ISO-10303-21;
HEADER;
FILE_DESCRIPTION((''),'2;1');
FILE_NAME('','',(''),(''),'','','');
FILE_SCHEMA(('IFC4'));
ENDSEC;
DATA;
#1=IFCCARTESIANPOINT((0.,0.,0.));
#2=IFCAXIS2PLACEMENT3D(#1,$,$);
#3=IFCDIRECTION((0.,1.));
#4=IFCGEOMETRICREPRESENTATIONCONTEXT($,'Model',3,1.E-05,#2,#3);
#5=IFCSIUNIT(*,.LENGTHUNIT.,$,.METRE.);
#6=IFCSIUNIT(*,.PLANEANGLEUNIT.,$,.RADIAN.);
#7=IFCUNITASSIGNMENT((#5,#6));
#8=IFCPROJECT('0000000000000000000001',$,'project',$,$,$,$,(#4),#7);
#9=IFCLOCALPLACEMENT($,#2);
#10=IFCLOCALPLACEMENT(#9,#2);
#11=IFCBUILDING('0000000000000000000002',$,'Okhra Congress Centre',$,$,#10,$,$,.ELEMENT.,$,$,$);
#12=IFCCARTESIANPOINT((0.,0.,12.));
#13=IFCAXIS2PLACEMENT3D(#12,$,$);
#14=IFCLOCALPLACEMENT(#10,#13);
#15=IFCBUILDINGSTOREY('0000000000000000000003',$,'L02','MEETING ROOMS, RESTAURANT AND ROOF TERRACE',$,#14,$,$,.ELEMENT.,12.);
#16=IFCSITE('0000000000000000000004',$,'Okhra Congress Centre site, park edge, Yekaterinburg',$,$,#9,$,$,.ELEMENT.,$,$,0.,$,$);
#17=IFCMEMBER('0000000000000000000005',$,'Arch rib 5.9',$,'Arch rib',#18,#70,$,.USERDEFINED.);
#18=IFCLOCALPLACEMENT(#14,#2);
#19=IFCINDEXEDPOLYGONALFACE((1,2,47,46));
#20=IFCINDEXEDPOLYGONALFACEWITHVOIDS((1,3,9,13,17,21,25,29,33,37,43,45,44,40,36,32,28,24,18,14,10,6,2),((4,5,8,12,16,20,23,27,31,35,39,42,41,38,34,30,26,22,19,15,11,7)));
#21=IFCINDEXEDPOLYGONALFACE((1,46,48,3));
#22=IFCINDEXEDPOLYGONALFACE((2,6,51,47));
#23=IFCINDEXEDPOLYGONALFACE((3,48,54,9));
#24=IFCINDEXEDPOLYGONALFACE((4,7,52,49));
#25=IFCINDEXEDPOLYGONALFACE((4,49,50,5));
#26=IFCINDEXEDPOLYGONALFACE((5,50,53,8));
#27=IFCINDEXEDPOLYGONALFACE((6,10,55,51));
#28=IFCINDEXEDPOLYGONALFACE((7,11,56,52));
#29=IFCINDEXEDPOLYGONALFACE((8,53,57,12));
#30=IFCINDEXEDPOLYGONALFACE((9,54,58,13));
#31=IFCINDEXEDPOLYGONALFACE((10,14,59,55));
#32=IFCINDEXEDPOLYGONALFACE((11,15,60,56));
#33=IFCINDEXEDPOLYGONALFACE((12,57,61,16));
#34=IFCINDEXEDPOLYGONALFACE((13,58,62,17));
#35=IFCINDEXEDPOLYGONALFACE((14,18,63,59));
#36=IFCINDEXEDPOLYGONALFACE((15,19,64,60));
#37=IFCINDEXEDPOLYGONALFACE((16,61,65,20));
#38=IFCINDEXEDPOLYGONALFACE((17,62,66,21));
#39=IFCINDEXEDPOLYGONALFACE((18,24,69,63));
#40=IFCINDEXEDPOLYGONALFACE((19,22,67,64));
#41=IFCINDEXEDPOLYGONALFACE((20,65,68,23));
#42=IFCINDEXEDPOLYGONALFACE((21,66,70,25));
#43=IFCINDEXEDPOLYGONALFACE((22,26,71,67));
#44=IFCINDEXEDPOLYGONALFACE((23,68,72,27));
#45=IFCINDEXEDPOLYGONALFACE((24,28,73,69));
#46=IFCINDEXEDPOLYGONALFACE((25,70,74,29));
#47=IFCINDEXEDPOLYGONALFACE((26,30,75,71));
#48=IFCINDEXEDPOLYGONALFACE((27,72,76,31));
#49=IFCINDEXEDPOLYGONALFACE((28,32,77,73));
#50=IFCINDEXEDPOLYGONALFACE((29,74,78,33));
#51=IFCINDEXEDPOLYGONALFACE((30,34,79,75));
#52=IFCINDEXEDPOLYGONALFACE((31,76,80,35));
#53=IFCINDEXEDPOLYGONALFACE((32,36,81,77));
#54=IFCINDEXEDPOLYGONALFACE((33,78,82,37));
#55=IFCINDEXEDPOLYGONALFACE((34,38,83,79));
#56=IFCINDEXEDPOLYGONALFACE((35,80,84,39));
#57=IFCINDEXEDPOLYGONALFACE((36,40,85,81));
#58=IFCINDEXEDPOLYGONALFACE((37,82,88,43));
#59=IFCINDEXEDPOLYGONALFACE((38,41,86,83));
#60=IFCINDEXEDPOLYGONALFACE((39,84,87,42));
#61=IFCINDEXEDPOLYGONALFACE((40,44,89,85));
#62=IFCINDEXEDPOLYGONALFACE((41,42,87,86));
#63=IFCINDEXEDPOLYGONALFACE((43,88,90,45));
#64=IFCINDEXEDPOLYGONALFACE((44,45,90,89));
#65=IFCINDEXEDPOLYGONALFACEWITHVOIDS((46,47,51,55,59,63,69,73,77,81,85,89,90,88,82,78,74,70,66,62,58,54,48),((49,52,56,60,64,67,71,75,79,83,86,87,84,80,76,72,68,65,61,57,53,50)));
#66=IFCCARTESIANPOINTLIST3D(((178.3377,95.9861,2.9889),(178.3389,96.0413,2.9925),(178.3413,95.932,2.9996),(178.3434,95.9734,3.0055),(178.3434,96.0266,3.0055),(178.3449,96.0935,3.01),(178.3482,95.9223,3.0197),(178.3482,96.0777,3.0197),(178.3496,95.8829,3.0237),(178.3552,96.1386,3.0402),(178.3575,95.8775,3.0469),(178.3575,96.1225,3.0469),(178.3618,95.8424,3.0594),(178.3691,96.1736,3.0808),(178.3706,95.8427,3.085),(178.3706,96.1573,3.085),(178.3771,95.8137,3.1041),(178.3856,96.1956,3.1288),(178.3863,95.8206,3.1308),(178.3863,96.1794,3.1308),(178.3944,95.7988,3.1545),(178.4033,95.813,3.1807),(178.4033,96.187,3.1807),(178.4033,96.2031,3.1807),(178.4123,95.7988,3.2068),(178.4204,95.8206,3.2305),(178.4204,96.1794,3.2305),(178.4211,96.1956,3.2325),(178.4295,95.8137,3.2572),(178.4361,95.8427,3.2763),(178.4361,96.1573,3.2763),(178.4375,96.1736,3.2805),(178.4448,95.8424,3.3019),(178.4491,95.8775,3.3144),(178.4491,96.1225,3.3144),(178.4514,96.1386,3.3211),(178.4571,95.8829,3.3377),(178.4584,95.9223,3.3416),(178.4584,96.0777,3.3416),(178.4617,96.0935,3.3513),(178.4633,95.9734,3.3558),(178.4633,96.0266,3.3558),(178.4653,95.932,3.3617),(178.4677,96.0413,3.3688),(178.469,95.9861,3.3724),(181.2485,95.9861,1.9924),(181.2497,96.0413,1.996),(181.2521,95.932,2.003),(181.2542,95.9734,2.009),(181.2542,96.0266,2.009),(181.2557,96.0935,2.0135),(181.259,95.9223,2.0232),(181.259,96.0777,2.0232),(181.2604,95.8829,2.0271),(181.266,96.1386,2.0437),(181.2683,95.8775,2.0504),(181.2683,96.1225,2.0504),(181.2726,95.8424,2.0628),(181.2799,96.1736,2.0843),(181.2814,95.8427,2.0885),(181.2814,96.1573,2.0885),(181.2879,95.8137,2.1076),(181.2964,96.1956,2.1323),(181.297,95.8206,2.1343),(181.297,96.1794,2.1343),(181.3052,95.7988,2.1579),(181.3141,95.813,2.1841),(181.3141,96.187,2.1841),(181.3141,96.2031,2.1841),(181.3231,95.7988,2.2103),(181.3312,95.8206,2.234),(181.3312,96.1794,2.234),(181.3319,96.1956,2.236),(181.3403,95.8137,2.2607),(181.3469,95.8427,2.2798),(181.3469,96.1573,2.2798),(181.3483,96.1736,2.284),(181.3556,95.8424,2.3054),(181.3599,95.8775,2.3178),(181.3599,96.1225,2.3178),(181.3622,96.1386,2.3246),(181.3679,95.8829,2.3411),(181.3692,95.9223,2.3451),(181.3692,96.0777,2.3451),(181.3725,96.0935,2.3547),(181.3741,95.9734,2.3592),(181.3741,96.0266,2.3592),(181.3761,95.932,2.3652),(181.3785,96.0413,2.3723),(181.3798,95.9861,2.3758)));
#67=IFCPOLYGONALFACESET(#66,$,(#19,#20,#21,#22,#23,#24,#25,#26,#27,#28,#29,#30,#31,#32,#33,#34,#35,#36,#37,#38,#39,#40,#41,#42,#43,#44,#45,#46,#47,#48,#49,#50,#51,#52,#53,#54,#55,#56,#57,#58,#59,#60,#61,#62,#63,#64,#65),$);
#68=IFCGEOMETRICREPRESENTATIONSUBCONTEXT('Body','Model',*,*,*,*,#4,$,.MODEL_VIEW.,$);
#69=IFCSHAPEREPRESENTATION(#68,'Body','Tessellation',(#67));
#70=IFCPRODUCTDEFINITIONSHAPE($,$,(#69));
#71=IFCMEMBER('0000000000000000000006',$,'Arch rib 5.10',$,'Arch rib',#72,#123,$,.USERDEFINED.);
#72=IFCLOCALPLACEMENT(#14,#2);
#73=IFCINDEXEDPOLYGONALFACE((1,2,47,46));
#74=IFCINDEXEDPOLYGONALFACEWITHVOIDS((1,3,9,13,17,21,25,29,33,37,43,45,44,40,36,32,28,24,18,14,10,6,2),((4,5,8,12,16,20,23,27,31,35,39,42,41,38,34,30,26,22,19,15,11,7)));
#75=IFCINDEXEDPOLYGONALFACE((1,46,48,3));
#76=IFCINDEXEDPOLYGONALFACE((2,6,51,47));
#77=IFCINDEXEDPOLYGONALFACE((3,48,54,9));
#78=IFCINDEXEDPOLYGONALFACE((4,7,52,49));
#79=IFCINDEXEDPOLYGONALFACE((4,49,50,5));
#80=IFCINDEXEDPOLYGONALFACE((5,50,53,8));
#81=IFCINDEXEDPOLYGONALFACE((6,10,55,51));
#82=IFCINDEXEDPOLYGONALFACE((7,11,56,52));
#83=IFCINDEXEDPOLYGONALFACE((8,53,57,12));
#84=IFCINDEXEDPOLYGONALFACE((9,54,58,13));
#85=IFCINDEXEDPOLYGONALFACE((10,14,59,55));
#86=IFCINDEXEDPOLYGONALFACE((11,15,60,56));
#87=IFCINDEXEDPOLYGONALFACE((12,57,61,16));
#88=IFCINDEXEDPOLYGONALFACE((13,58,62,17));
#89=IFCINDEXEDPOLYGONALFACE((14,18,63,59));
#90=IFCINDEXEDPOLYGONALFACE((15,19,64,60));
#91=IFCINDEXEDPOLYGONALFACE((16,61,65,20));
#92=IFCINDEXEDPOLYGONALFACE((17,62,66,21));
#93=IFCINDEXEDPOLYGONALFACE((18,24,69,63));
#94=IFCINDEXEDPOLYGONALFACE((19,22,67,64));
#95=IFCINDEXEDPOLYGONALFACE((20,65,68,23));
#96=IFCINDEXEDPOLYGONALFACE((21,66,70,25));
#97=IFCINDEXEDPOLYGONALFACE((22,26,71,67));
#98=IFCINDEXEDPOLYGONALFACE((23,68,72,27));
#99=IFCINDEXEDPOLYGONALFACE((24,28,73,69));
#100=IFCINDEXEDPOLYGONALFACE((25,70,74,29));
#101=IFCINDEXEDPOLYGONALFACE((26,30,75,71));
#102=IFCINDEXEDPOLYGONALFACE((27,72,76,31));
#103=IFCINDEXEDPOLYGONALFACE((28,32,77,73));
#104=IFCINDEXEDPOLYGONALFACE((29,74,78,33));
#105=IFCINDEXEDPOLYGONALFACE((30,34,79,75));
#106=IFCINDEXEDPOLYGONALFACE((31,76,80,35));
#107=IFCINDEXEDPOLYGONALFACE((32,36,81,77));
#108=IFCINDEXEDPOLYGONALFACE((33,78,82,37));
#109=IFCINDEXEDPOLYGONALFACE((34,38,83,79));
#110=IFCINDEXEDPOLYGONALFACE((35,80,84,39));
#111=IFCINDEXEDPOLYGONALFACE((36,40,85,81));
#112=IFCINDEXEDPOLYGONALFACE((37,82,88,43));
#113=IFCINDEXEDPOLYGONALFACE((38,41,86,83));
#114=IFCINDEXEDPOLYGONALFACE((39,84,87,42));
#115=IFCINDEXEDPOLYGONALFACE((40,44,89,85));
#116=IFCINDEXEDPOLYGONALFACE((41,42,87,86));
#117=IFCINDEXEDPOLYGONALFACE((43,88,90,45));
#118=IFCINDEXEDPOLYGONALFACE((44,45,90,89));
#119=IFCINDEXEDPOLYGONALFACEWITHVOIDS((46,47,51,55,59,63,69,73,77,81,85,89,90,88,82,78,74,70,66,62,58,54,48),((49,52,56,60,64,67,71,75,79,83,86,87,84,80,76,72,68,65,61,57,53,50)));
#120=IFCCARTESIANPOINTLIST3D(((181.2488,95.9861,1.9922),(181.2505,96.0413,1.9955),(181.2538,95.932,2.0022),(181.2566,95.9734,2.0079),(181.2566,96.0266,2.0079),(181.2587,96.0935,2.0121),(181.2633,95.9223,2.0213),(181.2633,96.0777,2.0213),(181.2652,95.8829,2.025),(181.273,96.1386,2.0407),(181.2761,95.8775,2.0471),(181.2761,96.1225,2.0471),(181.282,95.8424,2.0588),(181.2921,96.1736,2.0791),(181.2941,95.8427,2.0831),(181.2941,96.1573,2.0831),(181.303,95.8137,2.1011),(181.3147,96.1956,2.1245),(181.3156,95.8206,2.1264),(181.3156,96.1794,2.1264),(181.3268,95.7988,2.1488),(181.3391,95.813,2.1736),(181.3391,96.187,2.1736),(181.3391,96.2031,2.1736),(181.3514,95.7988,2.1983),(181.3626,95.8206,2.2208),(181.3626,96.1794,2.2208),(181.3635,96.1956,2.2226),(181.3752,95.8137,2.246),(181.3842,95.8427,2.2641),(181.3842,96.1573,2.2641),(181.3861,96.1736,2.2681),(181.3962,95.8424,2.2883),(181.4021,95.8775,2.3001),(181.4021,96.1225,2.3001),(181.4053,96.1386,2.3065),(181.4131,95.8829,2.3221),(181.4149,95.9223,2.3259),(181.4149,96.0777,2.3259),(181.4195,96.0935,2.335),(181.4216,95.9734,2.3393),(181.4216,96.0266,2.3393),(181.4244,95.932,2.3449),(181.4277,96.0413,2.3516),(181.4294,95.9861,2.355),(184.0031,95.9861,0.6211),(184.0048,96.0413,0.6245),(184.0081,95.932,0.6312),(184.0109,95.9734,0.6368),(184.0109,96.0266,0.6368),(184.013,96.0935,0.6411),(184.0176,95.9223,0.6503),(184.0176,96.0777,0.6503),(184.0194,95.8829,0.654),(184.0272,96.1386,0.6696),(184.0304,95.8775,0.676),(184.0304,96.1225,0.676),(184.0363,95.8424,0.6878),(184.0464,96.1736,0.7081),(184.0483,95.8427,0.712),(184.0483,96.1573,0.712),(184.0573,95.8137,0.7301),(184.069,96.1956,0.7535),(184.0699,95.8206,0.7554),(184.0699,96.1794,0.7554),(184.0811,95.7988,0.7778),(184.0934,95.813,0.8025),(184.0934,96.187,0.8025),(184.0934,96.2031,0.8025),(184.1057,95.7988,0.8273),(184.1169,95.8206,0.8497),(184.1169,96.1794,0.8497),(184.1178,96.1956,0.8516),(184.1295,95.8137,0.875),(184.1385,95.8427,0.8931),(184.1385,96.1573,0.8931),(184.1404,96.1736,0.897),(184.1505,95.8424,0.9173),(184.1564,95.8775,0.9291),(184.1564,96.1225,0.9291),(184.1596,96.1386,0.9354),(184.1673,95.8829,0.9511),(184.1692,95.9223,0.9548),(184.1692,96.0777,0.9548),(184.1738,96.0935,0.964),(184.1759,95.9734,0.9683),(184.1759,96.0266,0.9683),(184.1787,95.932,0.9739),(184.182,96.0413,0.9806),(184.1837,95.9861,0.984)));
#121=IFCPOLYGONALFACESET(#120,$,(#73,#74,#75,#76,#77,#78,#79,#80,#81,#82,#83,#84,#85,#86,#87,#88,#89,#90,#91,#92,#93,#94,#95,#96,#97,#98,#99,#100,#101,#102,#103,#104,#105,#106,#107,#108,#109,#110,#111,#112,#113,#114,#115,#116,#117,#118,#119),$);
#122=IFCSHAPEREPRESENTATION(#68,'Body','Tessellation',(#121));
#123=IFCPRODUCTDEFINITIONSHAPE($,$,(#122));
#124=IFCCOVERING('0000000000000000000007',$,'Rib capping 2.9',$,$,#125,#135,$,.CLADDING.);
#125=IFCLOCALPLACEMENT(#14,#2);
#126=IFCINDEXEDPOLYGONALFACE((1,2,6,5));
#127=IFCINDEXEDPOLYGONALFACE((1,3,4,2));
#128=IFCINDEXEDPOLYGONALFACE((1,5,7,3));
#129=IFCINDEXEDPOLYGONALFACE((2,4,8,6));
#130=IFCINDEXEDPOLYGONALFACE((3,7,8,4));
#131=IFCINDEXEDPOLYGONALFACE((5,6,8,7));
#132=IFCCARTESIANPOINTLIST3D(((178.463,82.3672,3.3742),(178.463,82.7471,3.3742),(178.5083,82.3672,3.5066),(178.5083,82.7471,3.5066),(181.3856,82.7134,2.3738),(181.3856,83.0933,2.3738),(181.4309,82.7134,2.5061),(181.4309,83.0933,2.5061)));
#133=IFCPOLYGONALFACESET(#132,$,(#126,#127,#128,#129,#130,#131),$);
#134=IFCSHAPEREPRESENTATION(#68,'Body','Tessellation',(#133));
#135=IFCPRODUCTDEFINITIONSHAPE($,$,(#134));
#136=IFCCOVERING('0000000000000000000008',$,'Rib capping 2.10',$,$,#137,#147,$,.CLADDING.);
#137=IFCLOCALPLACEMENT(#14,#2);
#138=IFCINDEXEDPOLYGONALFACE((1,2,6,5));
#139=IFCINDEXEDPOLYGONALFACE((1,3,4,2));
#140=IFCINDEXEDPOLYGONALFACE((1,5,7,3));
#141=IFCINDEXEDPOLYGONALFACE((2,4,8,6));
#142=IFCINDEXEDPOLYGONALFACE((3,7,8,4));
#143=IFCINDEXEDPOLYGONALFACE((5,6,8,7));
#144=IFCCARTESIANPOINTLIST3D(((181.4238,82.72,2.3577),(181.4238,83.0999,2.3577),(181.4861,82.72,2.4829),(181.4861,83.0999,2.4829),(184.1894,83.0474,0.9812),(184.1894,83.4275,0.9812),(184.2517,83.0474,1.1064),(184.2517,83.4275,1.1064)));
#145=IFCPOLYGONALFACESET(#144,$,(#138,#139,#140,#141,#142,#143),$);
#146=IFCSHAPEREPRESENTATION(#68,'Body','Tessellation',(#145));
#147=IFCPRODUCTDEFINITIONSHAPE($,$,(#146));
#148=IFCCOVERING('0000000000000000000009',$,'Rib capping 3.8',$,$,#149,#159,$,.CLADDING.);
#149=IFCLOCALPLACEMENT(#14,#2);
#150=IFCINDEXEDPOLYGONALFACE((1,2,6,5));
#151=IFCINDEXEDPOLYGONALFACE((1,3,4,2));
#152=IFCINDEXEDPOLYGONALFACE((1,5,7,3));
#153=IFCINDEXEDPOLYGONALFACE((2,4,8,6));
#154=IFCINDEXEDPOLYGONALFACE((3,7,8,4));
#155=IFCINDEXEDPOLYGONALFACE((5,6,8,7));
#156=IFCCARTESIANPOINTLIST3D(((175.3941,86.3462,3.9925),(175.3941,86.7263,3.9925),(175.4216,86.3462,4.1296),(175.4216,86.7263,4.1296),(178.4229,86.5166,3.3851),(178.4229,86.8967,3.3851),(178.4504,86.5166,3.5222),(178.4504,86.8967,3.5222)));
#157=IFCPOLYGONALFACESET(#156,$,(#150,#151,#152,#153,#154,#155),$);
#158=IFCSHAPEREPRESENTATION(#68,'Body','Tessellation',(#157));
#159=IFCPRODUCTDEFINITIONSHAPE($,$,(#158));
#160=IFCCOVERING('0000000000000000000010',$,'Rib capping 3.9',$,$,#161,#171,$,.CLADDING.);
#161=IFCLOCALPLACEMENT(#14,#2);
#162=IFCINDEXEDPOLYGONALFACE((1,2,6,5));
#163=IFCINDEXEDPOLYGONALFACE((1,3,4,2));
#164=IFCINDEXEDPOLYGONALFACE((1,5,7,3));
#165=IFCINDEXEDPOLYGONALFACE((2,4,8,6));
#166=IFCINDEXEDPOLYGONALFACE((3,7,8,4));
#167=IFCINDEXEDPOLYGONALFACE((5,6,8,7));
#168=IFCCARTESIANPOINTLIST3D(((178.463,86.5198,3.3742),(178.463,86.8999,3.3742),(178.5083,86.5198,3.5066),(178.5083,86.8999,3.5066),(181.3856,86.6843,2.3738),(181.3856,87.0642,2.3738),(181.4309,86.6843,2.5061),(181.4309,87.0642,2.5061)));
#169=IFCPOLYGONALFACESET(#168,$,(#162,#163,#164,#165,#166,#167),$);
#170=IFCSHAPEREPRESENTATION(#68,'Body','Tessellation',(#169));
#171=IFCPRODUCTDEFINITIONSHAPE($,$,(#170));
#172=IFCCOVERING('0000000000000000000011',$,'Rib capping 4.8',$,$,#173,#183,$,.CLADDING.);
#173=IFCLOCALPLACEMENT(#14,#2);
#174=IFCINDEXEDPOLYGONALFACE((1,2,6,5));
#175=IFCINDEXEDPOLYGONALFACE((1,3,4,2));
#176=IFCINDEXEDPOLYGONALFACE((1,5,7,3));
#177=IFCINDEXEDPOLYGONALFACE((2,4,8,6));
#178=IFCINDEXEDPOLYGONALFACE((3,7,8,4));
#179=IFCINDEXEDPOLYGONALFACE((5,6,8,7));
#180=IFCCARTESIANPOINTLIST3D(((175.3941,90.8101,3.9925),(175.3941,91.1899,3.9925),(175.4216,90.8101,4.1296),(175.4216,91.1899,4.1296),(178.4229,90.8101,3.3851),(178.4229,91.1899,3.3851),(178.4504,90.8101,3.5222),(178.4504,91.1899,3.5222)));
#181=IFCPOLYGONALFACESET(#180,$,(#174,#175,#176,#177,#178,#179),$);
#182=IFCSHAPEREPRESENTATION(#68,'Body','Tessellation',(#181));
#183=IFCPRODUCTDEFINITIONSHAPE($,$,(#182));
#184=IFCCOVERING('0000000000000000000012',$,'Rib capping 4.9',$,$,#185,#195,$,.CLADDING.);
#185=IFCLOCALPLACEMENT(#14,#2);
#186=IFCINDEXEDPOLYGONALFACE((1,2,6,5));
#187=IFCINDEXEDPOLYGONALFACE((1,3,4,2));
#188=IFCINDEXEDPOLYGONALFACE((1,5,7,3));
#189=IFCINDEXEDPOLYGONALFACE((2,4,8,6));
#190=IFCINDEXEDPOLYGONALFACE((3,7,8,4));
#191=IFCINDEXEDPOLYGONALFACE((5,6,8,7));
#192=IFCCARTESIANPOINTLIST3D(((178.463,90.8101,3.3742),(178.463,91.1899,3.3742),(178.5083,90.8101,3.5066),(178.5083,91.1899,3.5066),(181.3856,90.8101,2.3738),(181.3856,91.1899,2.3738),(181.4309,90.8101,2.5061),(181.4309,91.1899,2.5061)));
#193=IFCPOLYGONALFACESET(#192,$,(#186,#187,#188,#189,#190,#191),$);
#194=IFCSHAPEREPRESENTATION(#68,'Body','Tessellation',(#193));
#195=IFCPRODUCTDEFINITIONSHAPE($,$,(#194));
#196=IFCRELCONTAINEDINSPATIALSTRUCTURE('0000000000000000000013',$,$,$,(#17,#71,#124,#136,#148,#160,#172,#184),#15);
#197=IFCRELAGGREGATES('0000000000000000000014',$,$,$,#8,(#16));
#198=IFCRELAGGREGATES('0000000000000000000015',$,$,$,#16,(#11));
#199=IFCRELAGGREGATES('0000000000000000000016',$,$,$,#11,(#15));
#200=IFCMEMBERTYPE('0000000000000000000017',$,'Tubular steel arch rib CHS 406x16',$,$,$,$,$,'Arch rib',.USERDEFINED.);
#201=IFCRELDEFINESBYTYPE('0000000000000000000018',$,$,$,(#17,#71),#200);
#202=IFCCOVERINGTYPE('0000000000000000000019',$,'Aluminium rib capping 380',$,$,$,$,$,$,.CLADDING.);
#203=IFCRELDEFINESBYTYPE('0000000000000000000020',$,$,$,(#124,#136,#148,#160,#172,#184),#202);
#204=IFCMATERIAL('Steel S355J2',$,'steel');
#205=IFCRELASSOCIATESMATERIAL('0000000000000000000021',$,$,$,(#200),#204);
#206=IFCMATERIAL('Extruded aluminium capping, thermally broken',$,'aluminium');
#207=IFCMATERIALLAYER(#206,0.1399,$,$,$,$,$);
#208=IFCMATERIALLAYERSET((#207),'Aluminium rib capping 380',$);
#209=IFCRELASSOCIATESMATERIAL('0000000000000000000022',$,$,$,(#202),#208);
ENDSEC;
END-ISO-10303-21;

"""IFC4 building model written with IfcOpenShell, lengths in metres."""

from ifc_helpers import new_model, si_unit, direction, frame, origin, origin_2d, place, context, subcontext, project, spatial, polyline, hollow_circle, outline, extrude, material, layer, layer_set, material_profile, profile_set, type_object, element, save


model = new_model("IFC4")

# Units and contexts
model_context = context("Model", 3, precision=1e-05, world=origin(), true_north=direction((0.0, 1.0)))
body_context = subcontext(model_context, "Body", "Model", "MODEL_VIEW")
ifc_project = project(units=[si_unit("LENGTHUNIT", "METRE"), si_unit("PLANEANGLEUNIT", "RADIAN")], contexts=[model_context])

# Site, building, storey
site_placement = place(None, origin())
site = spatial("IfcSite", under=ifc_project, at=site_placement, Name="Okhra Congress Centre site, park edge, Yekaterinburg", CompositionType="ELEMENT", RefElevation=0.0)
building_placement = place(site_placement, origin())
building = spatial("IfcBuilding", under=site, at=building_placement, Name="Okhra Congress Centre", CompositionType="ELEMENT")
storey_placement = place(building_placement, frame((0.0, 0.0, 12.0)))
storey = spatial("IfcBuildingStorey", under=building, at=storey_placement, Name="L02", Description="MEETING ROOMS, RESTAURANT AND ROOF TERRACE", CompositionType="ELEMENT", Elevation=12.0)

# Members
ifc_material_1 = material(Name="Steel S355J2", Category="steel")
ifc_material_profile_1 = material_profile(ifc_material_1, hollow_circle(Radius=0.2031, WallThickness=0.0161, at=origin_2d()), Name="CHS 406.4x16")
ifc_profile_set_1 = profile_set([ifc_material_profile_1], Name="Steel S355J2")
member_type_1 = type_object("IfcMemberType", Name="Tubular steel arch rib CHS 406x16", ElementType="Arch rib", PredefinedType="USERDEFINED", material=ifc_profile_set_1)
for number, where, z_axis, x_axis, name in (
    (1, (178.4033, 96.0, 3.1807), (0.946089, 0.0, -0.323906), (0.0, 1.0, 0.0), "Arch rib 5.9"),
    (2, (181.3391, 96.0, 2.1736), (0.895219, 0.0, -0.445626), (0.0, 1.0, 0.0), "Arch rib 5.10"),
):
    element("IfcMember", number, at=place(storey_placement, frame(where, z_axis=z_axis, x_axis=x_axis)), inside=storey, type_object=member_type_1, Name=name, ObjectType="Arch rib", PredefinedType="USERDEFINED", context=body_context, shape_type="SweptSolid", body=[
        extrude(hollow_circle(Radius=0.2031, WallThickness=0.0161, at=origin_2d()), origin(), (0.0, 0.0, 1.0), 3.0767),
    ])

# Coverings
ifc_material_2 = material(Name="Extruded aluminium capping, thermally broken", Category="aluminium")
ifc_layer = layer(ifc_material_2, 0.1399)
ifc_layer_set = layer_set([ifc_layer], Name="Aluminium rib capping 380")
covering_type = type_object("IfcCoveringType", Name="Aluminium rib capping 380", PredefinedType="CLADDING", material=ifc_layer_set)
covering_1_placement = place(storey_placement, frame((178.5083, 82.3672, 3.5066), z_axis=(0.323876, 0.0, 0.9461), x_axis=(0.940214, 0.111371, -0.321861)))
element("IfcCovering", 3, at=covering_1_placement, inside=storey, type_object=covering_type, Name="Rib capping 2.9", PredefinedType="CLADDING", context=body_context, shape_type="SweptSolid", body=[
    extrude(outline(polyline([(0.0, 0.0), (3.1084, 0.0), (3.1508, 0.3775), (0.0423, 0.3775), (0.0, 0.0)])), origin(), (0.0, 0.0, -1.0), 0.1399),
])
covering_2_placement = place(storey_placement, frame((181.4861, 82.72, 2.4829), z_axis=(0.445569, 0.0, 0.895248), x_axis=(0.890262, 0.105389, -0.443088)))
element("IfcCovering", 4, at=covering_2_placement, inside=storey, type_object=covering_type, Name="Rib capping 2.10", PredefinedType="CLADDING", context=body_context, shape_type="SweptSolid", body=[
    extrude(outline(polyline([(0.0, 0.0), (3.1065, 0.0), (3.1466, 0.378), (0.04, 0.3778), (0.0, 0.0)])), origin(), (0.0, 0.0, -1.0), 0.1399),
])
covering_3_placement = place(storey_placement, frame((175.4216, 86.3462, 4.1296), z_axis=(0.196633, 0.0, 0.980477), x_axis=(0.978989, 0.055081, -0.196334)))
element("IfcCovering", 5, at=covering_3_placement, inside=storey, type_object=covering_type, Name="Rib capping 3.8", PredefinedType="CLADDING", context=body_context, shape_type="SweptSolid", body=[
    extrude(outline(polyline([(0.0, 0.0), (3.0938, 0.0), (3.1148, 0.3795), (0.0209, 0.3795), (0.0, 0.0)])), origin(), (0.0, 0.0, -1.0), 0.1399),
])
covering_4_placement = place(storey_placement, frame((178.5083, 86.5198, 3.5066), z_axis=(0.323876, 0.0, 0.9461), x_axis=(0.94476, 0.053193, -0.323417)))
element("IfcCovering", 6, at=covering_4_placement, inside=storey, type_object=covering_type, Name="Rib capping 3.9", PredefinedType="CLADDING", context=body_context, shape_type="SweptSolid", body=[
    extrude(outline(polyline([(0.0, 0.0), (3.0935, 0.0), (3.1137, 0.3793), (0.0202, 0.3796), (0.0, 0.0)])), origin(), (0.0, 0.0, -1.0), 0.1399),
])
covering_5_placement = place(storey_placement, frame((175.4216, 90.8101, 4.1296), z_axis=(0.196633, 0.0, 0.980477), x_axis=(0.980477, 0.0, -0.196633)))
element("IfcCovering", 7, at=covering_5_placement, inside=storey, type_object=covering_type, Name="Rib capping 4.8", PredefinedType="CLADDING", context=body_context, shape_type="SweptSolid", body=[
    extrude(outline(polyline([(0.0, 0.0), (3.0891, 0.0), (3.0891, 0.3799), (0.0, 0.3799), (0.0, 0.0)])), origin(), (0.0, 0.0, -1.0), 0.1399),
])
covering_6_placement = place(storey_placement, frame((178.5083, 90.8101, 3.5066), z_axis=(0.323876, 0.0, 0.9461), x_axis=(0.9461, 0.0, -0.323876)))
element("IfcCovering", 8, at=covering_6_placement, inside=storey, type_object=covering_type, Name="Rib capping 4.9", PredefinedType="CLADDING", context=body_context, shape_type="SweptSolid", body=[
    extrude(outline(polyline([(0.0, 0.0), (3.0891, 0.0), (3.0891, 0.3799), (0.0, 0.3799), (0.0, 0.0)])), origin(), (0.0, 0.0, -1.0), 0.1399),
])

save(model, "model.ifc")
